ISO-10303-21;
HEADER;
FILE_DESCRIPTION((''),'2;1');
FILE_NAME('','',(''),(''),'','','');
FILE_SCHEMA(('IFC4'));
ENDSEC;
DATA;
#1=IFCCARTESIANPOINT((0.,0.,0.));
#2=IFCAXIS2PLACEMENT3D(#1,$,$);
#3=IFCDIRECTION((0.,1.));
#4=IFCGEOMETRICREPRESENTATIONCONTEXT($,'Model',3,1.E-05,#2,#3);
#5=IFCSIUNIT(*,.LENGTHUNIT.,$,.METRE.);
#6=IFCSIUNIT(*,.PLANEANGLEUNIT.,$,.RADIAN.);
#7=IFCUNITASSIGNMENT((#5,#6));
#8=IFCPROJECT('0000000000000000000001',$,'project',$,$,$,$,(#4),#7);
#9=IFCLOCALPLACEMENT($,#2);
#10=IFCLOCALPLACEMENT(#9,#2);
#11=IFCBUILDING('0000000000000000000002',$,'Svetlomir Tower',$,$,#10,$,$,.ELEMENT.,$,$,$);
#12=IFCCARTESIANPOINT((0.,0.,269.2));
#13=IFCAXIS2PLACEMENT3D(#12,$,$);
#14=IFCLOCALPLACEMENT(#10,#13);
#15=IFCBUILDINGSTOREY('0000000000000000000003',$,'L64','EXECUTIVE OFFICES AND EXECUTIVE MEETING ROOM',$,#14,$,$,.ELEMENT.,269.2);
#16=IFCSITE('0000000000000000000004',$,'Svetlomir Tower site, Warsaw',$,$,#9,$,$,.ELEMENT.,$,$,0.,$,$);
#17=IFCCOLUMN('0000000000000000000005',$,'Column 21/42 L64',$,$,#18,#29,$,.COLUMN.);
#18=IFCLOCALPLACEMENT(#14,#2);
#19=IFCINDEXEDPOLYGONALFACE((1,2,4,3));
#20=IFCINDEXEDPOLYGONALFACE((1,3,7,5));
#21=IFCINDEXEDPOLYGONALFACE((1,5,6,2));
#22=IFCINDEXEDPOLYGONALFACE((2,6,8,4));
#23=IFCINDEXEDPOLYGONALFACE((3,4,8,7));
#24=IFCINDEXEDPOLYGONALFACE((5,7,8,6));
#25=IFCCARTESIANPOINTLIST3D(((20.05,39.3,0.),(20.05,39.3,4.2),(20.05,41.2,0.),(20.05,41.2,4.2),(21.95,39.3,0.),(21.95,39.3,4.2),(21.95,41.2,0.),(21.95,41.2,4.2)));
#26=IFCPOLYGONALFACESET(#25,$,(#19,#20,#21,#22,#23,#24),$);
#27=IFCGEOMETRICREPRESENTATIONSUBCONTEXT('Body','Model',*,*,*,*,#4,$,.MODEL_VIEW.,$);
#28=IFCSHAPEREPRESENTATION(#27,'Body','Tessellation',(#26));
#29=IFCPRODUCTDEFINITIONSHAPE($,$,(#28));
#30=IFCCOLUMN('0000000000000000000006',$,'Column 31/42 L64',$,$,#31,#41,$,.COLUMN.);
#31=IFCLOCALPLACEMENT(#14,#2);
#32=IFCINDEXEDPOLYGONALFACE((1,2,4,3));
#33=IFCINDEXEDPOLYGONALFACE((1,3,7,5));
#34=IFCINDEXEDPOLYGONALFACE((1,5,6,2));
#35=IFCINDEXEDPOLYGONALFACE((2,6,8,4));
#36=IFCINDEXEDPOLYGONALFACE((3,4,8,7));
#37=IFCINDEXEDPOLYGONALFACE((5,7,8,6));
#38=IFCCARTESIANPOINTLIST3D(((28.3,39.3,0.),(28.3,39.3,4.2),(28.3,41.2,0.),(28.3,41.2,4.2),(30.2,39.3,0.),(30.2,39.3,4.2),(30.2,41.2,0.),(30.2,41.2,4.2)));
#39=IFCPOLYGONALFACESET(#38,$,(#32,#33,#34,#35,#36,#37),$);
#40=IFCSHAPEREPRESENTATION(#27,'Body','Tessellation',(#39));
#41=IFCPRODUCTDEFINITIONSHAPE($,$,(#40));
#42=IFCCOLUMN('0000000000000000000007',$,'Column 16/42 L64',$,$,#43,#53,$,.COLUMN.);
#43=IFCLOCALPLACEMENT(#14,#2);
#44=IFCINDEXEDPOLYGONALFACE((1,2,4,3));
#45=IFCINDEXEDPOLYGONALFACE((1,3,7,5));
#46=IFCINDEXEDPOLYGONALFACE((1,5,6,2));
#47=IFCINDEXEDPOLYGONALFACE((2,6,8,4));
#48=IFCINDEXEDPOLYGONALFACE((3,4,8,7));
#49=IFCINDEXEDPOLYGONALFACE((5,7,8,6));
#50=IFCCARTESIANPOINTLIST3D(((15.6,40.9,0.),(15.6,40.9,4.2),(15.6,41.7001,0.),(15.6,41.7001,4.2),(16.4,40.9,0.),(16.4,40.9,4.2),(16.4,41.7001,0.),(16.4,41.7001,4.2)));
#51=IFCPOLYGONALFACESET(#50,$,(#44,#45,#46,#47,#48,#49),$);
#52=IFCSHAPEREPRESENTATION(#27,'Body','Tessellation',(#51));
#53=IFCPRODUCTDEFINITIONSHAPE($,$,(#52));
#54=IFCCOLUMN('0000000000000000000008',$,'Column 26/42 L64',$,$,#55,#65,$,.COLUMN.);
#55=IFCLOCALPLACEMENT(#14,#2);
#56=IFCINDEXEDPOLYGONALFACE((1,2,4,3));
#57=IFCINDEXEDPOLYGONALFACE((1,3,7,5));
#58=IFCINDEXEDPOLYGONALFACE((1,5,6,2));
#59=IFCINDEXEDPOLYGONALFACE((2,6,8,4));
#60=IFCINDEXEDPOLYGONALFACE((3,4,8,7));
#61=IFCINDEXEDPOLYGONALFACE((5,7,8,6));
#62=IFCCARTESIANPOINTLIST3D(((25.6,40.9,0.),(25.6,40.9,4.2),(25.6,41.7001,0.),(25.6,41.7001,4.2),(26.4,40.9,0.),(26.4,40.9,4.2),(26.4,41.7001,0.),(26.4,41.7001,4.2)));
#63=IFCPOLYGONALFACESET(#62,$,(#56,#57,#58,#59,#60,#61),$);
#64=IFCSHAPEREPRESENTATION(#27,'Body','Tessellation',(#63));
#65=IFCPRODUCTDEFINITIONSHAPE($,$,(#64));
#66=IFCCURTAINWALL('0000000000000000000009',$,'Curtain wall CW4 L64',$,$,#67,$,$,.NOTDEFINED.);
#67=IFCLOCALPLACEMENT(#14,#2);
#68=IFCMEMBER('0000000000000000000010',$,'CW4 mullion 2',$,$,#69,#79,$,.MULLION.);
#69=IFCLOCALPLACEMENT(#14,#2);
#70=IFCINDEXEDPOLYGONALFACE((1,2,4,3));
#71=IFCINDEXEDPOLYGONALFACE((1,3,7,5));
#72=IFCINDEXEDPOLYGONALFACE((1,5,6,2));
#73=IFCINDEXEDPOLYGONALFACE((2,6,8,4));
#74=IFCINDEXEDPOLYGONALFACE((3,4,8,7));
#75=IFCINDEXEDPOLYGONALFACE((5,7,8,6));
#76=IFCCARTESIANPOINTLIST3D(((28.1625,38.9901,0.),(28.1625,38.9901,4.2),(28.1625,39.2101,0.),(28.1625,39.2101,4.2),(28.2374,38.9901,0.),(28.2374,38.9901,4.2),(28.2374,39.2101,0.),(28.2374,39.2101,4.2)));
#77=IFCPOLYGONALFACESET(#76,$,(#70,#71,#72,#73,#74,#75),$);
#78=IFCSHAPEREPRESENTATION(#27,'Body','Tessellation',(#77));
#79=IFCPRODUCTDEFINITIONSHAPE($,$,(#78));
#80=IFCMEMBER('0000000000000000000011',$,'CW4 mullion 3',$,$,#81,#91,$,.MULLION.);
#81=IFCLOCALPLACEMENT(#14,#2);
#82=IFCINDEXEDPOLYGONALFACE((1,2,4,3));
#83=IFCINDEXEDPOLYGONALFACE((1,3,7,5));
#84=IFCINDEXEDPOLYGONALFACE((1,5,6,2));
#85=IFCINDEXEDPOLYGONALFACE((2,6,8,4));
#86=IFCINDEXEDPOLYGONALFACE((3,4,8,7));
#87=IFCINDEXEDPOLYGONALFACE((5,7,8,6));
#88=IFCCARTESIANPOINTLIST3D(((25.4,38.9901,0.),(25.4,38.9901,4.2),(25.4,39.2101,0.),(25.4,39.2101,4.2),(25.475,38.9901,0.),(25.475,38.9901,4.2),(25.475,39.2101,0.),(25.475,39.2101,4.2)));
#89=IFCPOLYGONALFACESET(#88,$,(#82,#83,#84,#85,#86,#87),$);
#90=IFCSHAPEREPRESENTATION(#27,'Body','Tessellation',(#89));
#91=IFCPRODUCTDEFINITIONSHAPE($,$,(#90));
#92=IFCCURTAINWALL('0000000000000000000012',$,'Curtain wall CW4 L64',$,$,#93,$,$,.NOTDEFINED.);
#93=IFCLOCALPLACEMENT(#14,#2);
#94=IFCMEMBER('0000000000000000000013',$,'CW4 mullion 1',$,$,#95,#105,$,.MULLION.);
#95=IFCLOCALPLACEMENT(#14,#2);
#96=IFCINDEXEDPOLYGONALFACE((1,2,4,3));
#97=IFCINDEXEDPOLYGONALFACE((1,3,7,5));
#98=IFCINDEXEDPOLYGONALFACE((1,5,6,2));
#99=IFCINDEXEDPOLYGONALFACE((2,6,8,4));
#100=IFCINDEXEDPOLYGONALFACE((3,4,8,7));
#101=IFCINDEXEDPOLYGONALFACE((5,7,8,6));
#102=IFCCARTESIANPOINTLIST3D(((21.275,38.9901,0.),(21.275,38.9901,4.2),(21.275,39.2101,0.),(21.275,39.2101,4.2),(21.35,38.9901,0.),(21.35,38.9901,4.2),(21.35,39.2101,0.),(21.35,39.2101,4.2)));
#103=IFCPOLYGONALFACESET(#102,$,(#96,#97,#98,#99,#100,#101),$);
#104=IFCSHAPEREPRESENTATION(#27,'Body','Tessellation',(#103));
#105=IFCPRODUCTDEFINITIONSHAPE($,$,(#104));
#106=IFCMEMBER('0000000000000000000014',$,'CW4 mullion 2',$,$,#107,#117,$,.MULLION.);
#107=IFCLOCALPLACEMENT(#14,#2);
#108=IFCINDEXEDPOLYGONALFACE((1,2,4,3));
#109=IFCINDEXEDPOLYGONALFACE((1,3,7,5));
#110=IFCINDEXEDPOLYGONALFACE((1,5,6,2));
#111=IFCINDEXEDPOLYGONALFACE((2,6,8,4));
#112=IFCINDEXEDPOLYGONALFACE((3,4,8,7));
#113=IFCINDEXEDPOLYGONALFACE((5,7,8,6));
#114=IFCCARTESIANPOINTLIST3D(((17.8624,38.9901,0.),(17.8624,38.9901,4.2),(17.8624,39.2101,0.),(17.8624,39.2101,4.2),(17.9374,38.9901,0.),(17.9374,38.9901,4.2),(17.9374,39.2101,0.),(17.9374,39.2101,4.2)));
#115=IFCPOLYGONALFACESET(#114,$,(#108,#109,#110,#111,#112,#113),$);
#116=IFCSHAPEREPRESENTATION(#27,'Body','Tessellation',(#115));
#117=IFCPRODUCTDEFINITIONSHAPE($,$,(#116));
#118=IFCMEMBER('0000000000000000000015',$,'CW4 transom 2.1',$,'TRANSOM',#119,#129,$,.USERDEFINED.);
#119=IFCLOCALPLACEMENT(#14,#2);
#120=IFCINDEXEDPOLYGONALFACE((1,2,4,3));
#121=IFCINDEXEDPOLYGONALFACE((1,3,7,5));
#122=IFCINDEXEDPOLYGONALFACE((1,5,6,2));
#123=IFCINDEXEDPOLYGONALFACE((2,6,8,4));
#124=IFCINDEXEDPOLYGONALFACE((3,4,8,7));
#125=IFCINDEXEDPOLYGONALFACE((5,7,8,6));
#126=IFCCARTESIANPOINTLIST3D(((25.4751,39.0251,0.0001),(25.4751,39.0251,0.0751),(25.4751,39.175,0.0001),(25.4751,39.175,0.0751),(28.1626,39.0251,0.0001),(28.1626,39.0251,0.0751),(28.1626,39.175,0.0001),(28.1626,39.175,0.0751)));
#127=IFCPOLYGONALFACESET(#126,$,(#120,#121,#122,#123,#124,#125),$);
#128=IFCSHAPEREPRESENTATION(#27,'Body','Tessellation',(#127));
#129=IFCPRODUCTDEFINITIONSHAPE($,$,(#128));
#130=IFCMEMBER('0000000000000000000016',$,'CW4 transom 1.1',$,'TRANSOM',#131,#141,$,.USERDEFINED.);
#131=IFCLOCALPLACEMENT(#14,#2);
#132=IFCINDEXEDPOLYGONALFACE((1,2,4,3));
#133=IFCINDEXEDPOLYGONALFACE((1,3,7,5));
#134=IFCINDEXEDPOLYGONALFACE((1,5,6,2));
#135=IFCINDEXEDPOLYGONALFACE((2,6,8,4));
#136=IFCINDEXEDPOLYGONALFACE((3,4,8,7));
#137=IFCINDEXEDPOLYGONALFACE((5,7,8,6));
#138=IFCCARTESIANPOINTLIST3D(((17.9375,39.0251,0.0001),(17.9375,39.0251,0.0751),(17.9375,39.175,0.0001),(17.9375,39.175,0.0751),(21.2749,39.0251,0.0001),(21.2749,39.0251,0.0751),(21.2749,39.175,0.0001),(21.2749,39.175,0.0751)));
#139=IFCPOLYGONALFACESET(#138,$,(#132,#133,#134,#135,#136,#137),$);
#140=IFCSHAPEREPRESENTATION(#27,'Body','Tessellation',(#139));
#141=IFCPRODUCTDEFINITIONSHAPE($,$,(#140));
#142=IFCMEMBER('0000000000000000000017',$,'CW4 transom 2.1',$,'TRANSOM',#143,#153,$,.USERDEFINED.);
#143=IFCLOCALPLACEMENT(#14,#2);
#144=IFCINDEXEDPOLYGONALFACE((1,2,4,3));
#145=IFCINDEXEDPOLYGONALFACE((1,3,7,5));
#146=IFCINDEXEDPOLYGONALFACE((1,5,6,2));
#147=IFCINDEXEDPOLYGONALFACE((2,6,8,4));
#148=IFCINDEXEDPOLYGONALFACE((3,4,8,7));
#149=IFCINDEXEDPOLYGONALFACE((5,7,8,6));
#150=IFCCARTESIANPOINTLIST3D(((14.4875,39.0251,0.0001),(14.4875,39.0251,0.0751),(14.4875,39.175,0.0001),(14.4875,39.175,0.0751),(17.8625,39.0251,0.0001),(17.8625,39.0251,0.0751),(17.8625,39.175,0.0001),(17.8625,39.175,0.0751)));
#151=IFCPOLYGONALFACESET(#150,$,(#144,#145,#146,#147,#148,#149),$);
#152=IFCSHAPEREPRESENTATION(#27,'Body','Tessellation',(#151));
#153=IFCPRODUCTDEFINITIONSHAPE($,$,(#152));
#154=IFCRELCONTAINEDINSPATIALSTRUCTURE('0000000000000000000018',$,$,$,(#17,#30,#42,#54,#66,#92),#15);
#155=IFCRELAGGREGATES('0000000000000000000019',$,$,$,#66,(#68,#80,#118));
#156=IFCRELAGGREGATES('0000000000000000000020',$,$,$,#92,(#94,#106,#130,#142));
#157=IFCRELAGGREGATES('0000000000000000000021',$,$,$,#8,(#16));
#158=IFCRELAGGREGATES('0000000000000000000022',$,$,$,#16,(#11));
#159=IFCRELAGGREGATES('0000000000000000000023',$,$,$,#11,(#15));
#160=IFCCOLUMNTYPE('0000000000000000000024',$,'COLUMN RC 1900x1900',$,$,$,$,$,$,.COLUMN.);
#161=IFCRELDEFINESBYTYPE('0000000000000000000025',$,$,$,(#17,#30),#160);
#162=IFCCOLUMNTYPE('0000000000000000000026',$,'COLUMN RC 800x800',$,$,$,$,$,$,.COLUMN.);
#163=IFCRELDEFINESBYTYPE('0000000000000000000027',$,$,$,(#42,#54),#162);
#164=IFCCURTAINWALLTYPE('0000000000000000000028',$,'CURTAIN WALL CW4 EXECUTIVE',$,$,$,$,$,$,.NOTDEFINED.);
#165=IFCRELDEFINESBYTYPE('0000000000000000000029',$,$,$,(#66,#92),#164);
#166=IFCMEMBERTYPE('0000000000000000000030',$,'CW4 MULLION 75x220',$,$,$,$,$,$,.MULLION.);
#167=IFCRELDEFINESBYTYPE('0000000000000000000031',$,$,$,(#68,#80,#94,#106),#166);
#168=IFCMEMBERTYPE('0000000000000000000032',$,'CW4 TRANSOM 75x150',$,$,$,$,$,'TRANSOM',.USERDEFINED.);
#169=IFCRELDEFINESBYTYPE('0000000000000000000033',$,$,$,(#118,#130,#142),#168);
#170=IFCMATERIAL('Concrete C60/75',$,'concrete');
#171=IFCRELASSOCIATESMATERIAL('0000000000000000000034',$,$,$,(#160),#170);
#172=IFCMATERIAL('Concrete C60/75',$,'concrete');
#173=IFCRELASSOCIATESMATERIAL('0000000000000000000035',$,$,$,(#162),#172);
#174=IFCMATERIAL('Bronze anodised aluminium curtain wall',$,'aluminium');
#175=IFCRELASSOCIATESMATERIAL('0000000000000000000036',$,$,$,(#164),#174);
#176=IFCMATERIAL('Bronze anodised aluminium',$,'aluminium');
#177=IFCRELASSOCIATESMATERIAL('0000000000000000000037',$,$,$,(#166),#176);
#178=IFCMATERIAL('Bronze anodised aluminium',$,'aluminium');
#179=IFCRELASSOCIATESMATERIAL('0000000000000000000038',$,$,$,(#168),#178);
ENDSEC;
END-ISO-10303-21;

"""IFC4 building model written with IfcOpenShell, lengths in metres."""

from ifc_helpers import new_model, si_unit, direction, frame, origin, origin_2d, place, context, subcontext, project, spatial, rectangle, extrude, material, material_profile, profile_set, type_object, element, aggregate, save


model = new_model("IFC4")

# Units and contexts
model_context = context("Model", 3, precision=1e-05, world=origin(), true_north=direction((0.0, 1.0)))
body_context = subcontext(model_context, "Body", "Model", "MODEL_VIEW")
ifc_project = project(units=[si_unit("LENGTHUNIT", "METRE"), si_unit("PLANEANGLEUNIT", "RADIAN")], contexts=[model_context])

# Site, building, storey
site_placement = place(None, origin())
site = spatial("IfcSite", under=ifc_project, at=site_placement, Name="Svetlomir Tower site, Warsaw", CompositionType="ELEMENT", RefElevation=0.0)
building_placement = place(site_placement, origin())
building = spatial("IfcBuilding", under=site, at=building_placement, Name="Svetlomir Tower", CompositionType="ELEMENT")
storey_placement = place(building_placement, frame((0.0, 0.0, 269.2)))
storey = spatial("IfcBuildingStorey", under=building, at=storey_placement, Name="L64", Description="EXECUTIVE OFFICES AND EXECUTIVE MEETING ROOM", CompositionType="ELEMENT", Elevation=269.2)

# Columns
ifc_material_1 = material(Name="Concrete C60/75", Category="concrete")
ifc_material_profile_1 = material_profile(ifc_material_1, rectangle(XDim=1.8999, YDim=1.8999, at=origin_2d()), Name="RC 1900x1900")
ifc_profile_set_1 = profile_set([ifc_material_profile_1], Name="Concrete C60/75")
column_type_1 = type_object("IfcColumnType", Name="COLUMN RC 1900x1900", PredefinedType="COLUMN", material=ifc_profile_set_1)
for number, where, z_axis, x_axis, name in (
    (1, (21.0, 40.25, 0.0), (0.0, 0.0, 1.0), (1.0, 0.0, 0.0), "Column 21/42 L64"),
    (2, (29.25, 40.25, 0.0), (0.0, 0.0, 1.0), (1.0, 0.0, 0.0), "Column 31/42 L64"),
):
    element("IfcColumn", number, at=place(storey_placement, frame(where, z_axis=z_axis, x_axis=x_axis)), inside=storey, type_object=column_type_1, Name=name, PredefinedType="COLUMN", context=body_context, shape_type="SweptSolid", body=[
        extrude(rectangle(XDim=1.8999, YDim=1.8999, at=origin_2d()), origin(), (0.0, 0.0, 1.0), 4.2),
    ])
ifc_material_2 = material(Name="Concrete C60/75", Category="concrete")
ifc_material_profile_2 = material_profile(ifc_material_2, rectangle(XDim=0.8, YDim=0.8, at=origin_2d()), Name="RC 800x800")
ifc_profile_set_2 = profile_set([ifc_material_profile_2], Name="Concrete C60/75")
column_type_2 = type_object("IfcColumnType", Name="COLUMN RC 800x800", PredefinedType="COLUMN", material=ifc_profile_set_2)
for number, where, z_axis, x_axis, name in (
    (3, (16.0, 41.3, 0.0), (0.0, 0.0, 1.0), (1.0, 0.0, 0.0), "Column 16/42 L64"),
    (4, (26.0, 41.3, 0.0), (0.0, 0.0, 1.0), (1.0, 0.0, 0.0), "Column 26/42 L64"),
):
    element("IfcColumn", number, at=place(storey_placement, frame(where, z_axis=z_axis, x_axis=x_axis)), inside=storey, type_object=column_type_2, Name=name, PredefinedType="COLUMN", context=body_context, shape_type="SweptSolid", body=[
        extrude(rectangle(XDim=0.8, YDim=0.8, at=origin_2d()), origin(), (0.0, 0.0, 1.0), 4.2),
    ])

# Curtain walls, members
ifc_material_3 = material(Name="Bronze anodised aluminium curtain wall", Category="aluminium")
curtain_wall_type = type_object("IfcCurtainWallType", Name="CURTAIN WALL CW4 EXECUTIVE", PredefinedType="NOTDEFINED", material=ifc_material_3)
curtain_wall_1_placement = place(storey_placement, origin())
curtain_wall_1 = element("IfcCurtainWall", 5, at=curtain_wall_1_placement, inside=storey, type_object=curtain_wall_type, Name="Curtain wall CW4 L64", PredefinedType="NOTDEFINED")
ifc_material_4 = material(Name="Bronze anodised aluminium", Category="aluminium")
ifc_material_profile_3 = material_profile(ifc_material_4, rectangle(XDim=0.075, YDim=0.22, at=origin_2d()), Name="AL 75x220")
ifc_profile_set_3 = profile_set([ifc_material_profile_3], Name="Bronze anodised aluminium 6063-T6")
member_type_1 = type_object("IfcMemberType", Name="CW4 MULLION 75x220", PredefinedType="MULLION", material=ifc_profile_set_3)
member_1_placement = place(storey_placement, frame((28.2, 39.1001, 0.0), z_axis=(0.0, 0.0, 1.0), x_axis=(-1.0, 0.0, 0.0)))
member_1 = element("IfcMember", 6, at=member_1_placement, type_object=member_type_1, Name="CW4 mullion 2", PredefinedType="MULLION", context=body_context, shape_type="SweptSolid", body=[
    extrude(rectangle(XDim=0.075, YDim=0.22, at=origin_2d()), origin(), (0.0, 0.0, 1.0), 4.2),
])
member_2_placement = place(storey_placement, frame((25.4375, 39.1001, 0.0), z_axis=(0.0, 0.0, 1.0), x_axis=(-1.0, 0.0, 0.0)))
member_2 = element("IfcMember", 7, at=member_2_placement, type_object=member_type_1, Name="CW4 mullion 3", PredefinedType="MULLION", context=body_context, shape_type="SweptSolid", body=[
    extrude(rectangle(XDim=0.075, YDim=0.22, at=origin_2d()), origin(), (0.0, 0.0, 1.0), 4.2),
])
curtain_wall_2_placement = place(storey_placement, origin())
curtain_wall_2 = element("IfcCurtainWall", 8, at=curtain_wall_2_placement, inside=storey, type_object=curtain_wall_type, Name="Curtain wall CW4 L64", PredefinedType="NOTDEFINED")
member_3_placement = place(storey_placement, frame((21.3125, 39.1001, 0.0), z_axis=(0.0, 0.0, 1.0), x_axis=(-1.0, 0.0, 0.0)))
member_3 = element("IfcMember", 9, at=member_3_placement, type_object=member_type_1, Name="CW4 mullion 1", PredefinedType="MULLION", context=body_context, shape_type="SweptSolid", body=[
    extrude(rectangle(XDim=0.075, YDim=0.22, at=origin_2d()), origin(), (0.0, 0.0, 1.0), 4.2),
])
member_4_placement = place(storey_placement, frame((17.8999, 39.1001, 0.0), z_axis=(0.0, 0.0, 1.0), x_axis=(-1.0, 0.0, 0.0)))
member_4 = element("IfcMember", 10, at=member_4_placement, type_object=member_type_1, Name="CW4 mullion 2", PredefinedType="MULLION", context=body_context, shape_type="SweptSolid", body=[
    extrude(rectangle(XDim=0.075, YDim=0.22, at=origin_2d()), origin(), (0.0, 0.0, 1.0), 4.2),
])

# Members
ifc_material_5 = material(Name="Bronze anodised aluminium", Category="aluminium")
ifc_material_profile_4 = material_profile(ifc_material_5, rectangle(XDim=0.1499, YDim=0.075, at=origin_2d()), Name="AL 150x75")
ifc_profile_set_4 = profile_set([ifc_material_profile_4], Name="Bronze anodised aluminium 6063-T6")
member_type_2 = type_object("IfcMemberType", Name="CW4 TRANSOM 75x150", ElementType="TRANSOM", PredefinedType="USERDEFINED", material=ifc_profile_set_4)
member_5_placement = place(storey_placement, frame((28.1626, 39.1001, 0.0376), z_axis=(-1.0, 0.0, 0.0), x_axis=(0.0, -1.0, 0.0)))
member_5 = element("IfcMember", 11, at=member_5_placement, type_object=member_type_2, Name="CW4 transom 2.1", ObjectType="TRANSOM", PredefinedType="USERDEFINED", context=body_context, shape_type="SweptSolid", body=[
    extrude(rectangle(XDim=0.1499, YDim=0.075, at=origin_2d()), origin(), (0.0, 0.0, 1.0), 2.6875),
])
member_6_placement = place(storey_placement, frame((21.2749, 39.1001, 0.0376), z_axis=(-1.0, 0.0, 0.0), x_axis=(0.0, -1.0, 0.0)))
member_6 = element("IfcMember", 12, at=member_6_placement, type_object=member_type_2, Name="CW4 transom 1.1", ObjectType="TRANSOM", PredefinedType="USERDEFINED", context=body_context, shape_type="SweptSolid", body=[
    extrude(rectangle(XDim=0.1499, YDim=0.075, at=origin_2d()), origin(), (0.0, 0.0, 1.0), 3.3374),
])
member_7_placement = place(storey_placement, frame((17.8625, 39.1001, 0.0376), z_axis=(-1.0, 0.0, 0.0), x_axis=(0.0, -1.0, 0.0)))
member_7 = element("IfcMember", 13, at=member_7_placement, type_object=member_type_2, Name="CW4 transom 2.1", ObjectType="TRANSOM", PredefinedType="USERDEFINED", context=body_context, shape_type="SweptSolid", body=[
    extrude(rectangle(XDim=0.1499, YDim=0.075, at=origin_2d()), origin(), (0.0, 0.0, 1.0), 3.375),
])

aggregate(curtain_wall_1, [member_1, member_2, member_5])
aggregate(curtain_wall_2, [member_3, member_4, member_6, member_7])

save(model, "model.ifc")
